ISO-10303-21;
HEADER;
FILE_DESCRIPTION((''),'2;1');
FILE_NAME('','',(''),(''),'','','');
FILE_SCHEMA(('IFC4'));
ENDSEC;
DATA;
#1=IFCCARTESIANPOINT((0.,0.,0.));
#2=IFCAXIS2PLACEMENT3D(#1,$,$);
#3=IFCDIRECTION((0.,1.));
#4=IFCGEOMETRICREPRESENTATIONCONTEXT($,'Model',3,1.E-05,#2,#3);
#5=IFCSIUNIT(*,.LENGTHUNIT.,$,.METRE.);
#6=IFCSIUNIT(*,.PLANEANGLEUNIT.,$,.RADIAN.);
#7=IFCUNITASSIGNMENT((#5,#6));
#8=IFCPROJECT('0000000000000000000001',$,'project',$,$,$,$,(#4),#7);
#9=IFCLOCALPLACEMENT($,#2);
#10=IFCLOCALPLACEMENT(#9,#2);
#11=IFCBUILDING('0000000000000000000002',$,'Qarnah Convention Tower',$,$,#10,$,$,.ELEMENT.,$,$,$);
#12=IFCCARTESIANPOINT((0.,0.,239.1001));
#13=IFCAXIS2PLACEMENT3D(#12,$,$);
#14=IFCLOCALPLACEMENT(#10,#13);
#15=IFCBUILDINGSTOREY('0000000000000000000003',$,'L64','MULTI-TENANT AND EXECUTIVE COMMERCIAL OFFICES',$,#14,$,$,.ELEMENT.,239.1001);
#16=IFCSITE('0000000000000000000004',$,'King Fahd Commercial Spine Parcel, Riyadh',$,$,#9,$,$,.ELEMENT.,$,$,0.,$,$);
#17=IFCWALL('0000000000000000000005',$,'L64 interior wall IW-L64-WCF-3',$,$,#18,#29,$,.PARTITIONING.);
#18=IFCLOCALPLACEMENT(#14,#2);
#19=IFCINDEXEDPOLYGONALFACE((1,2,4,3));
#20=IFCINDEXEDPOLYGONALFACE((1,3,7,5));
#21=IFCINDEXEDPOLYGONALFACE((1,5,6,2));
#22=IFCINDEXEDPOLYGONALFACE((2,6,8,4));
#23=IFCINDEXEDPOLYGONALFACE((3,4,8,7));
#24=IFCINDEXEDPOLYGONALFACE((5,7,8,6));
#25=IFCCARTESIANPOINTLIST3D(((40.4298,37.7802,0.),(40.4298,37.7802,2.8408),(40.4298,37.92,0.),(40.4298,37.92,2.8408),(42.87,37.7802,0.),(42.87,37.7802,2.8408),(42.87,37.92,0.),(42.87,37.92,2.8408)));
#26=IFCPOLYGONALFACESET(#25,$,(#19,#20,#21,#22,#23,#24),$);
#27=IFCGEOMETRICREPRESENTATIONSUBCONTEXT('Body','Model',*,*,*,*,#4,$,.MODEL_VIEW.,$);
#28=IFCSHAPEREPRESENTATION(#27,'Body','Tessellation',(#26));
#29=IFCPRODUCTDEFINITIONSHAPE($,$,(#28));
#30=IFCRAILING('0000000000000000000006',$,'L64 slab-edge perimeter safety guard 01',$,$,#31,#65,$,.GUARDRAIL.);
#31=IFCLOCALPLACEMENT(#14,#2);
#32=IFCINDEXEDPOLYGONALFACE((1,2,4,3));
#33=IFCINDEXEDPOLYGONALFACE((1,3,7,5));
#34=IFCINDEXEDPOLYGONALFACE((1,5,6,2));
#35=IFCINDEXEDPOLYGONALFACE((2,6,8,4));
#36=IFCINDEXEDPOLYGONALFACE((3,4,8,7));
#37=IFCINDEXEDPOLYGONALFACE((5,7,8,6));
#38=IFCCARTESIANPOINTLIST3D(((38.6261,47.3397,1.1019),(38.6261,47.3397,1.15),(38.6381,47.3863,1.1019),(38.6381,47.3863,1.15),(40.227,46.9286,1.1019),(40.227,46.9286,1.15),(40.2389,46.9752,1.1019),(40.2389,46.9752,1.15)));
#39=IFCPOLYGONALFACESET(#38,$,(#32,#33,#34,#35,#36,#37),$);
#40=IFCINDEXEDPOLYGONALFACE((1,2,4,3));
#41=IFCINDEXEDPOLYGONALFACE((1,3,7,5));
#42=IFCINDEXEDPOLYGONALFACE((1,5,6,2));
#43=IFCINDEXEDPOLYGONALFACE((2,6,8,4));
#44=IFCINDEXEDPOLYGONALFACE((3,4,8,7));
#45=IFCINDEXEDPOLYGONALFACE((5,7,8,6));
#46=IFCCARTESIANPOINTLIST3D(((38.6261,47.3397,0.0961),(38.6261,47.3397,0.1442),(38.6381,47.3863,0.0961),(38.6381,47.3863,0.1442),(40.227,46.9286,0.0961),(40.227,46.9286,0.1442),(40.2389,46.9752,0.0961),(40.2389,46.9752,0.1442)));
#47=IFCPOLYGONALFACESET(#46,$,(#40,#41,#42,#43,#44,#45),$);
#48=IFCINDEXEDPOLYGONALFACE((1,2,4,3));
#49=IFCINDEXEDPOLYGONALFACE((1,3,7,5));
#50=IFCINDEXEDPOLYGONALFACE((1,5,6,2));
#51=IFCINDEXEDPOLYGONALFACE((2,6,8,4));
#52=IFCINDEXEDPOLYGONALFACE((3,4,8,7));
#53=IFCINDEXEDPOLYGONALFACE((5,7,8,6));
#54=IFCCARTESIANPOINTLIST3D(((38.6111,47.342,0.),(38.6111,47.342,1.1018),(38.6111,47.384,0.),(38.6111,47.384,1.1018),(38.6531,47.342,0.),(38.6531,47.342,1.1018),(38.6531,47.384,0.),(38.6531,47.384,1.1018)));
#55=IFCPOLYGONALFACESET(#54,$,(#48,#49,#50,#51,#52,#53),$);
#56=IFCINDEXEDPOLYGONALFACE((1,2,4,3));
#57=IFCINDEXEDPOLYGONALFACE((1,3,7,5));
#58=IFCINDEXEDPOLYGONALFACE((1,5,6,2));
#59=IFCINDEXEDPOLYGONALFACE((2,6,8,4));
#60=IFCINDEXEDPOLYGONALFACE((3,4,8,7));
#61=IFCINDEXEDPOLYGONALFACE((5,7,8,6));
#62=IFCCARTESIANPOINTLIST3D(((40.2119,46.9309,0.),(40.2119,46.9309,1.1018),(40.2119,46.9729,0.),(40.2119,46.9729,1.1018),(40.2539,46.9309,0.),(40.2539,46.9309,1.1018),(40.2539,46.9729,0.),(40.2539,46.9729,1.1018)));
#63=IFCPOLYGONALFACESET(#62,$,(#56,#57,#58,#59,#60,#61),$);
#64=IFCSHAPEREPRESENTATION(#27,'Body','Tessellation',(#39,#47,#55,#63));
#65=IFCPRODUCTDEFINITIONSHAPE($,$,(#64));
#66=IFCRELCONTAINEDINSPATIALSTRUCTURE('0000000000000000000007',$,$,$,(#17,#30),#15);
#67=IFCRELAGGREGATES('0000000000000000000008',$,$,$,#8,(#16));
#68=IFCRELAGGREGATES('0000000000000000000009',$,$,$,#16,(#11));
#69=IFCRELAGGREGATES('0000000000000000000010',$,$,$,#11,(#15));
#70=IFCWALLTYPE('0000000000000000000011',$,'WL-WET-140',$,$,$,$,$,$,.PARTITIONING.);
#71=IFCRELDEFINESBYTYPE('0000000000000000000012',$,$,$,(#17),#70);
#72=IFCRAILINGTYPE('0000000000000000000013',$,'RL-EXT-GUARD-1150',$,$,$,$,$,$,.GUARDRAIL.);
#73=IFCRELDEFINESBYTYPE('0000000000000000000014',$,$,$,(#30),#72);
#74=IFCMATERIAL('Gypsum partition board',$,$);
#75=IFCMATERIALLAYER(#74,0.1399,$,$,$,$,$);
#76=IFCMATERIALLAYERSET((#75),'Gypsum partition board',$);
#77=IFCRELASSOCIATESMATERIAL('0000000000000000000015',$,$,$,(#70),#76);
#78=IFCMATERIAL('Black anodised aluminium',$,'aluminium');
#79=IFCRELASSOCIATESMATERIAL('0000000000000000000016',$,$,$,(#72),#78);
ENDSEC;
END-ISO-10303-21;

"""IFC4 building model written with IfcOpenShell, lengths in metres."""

from ifc_helpers import new_model, si_unit, direction, frame, frame_2d, origin, origin_2d, place, context, subcontext, project, spatial, rectangle, extrude, material, layer, layer_set, type_object, element, save


model = new_model("IFC4")

# Units and contexts
model_context = context("Model", 3, precision=1e-05, world=origin(), true_north=direction((0.0, 1.0)))
body_context = subcontext(model_context, "Body", "Model", "MODEL_VIEW")
ifc_project = project(units=[si_unit("LENGTHUNIT", "METRE"), si_unit("PLANEANGLEUNIT", "RADIAN")], contexts=[model_context])

# Site, building, storey
site_placement = place(None, origin())
site = spatial("IfcSite", under=ifc_project, at=site_placement, Name="King Fahd Commercial Spine Parcel, Riyadh", CompositionType="ELEMENT", RefElevation=0.0)
building_placement = place(site_placement, origin())
building = spatial("IfcBuilding", under=site, at=building_placement, Name="Qarnah Convention Tower", CompositionType="ELEMENT")
storey_placement = place(building_placement, frame((0.0, 0.0, 239.1001)))
storey = spatial("IfcBuildingStorey", under=building, at=storey_placement, Name="L64", Description="MULTI-TENANT AND EXECUTIVE COMMERCIAL OFFICES", CompositionType="ELEMENT", Elevation=239.1001)

# Shared definitions
ifc_material_1 = material(Name="Black anodised aluminium", Category="aluminium")

# Shared definitions
ifc_material_2 = material(Name="Gypsum partition board")

# Shared definitions
ifc_layer_1 = layer(ifc_material_2, 0.1399)
ifc_layer_set_1 = layer_set([ifc_layer_1], Name="Gypsum partition board")
wall_type_1 = type_object("IfcWallType", Name="WL-WET-140", PredefinedType="PARTITIONING", material=ifc_layer_set_1)

# Wall
wall_1_placement = place(storey_placement, frame((42.8701, 37.8501, 0.0), z_axis=(0.0, 0.0, 1.0), x_axis=(-1.0, 0.0, 0.0)))
element("IfcWall", 1, at=wall_1_placement, inside=storey, type_object=wall_type_1, Name="L64 interior wall IW-L64-WCF-3", PredefinedType="PARTITIONING", context=body_context, shape_type="SweptSolid", body=[
    extrude(rectangle(XDim=2.4402, YDim=0.1399, at=frame_2d((1.2202, 0.0))), origin(), (0.0, 0.0, 1.0), 2.8408),
])

# Railing
railing_type = type_object("IfcRailingType", Name="RL-EXT-GUARD-1150", PredefinedType="GUARDRAIL", material=ifc_material_1)
railing_1_placement = place(storey_placement, frame((38.6321, 47.363, 0.0)))
element("IfcRailing", 2, at=railing_1_placement, inside=storey, type_object=railing_type, Name="L64 slab-edge perimeter safety guard 01", PredefinedType="GUARDRAIL", context=body_context, shape_type="SweptSolid", body=[
    extrude(rectangle(XDim=0.0481, YDim=0.0481, at=origin_2d()), frame((0.0, 0.0, 1.126), z_axis=(0.968567, -0.248752, 0.0), x_axis=(0.248752, 0.968567, 0.0)), (0.0, 0.0, 1.0), 1.6528),
    extrude(rectangle(XDim=0.0481, YDim=0.0481, at=origin_2d()), frame((0.0, 0.0, 0.1201), z_axis=(0.968567, -0.248752, 0.0), x_axis=(0.248752, 0.968567, 0.0)), (0.0, 0.0, 1.0), 1.6528),
    extrude(rectangle(XDim=0.042, YDim=0.042, at=origin_2d()), origin(), (0.0, 0.0, 1.0), 1.1018),
    extrude(rectangle(XDim=0.042, YDim=0.042, at=origin_2d()), frame((1.6008, -0.4111, 0.0)), (0.0, 0.0, 1.0), 1.1018),
])

save(model, "model.ifc")
